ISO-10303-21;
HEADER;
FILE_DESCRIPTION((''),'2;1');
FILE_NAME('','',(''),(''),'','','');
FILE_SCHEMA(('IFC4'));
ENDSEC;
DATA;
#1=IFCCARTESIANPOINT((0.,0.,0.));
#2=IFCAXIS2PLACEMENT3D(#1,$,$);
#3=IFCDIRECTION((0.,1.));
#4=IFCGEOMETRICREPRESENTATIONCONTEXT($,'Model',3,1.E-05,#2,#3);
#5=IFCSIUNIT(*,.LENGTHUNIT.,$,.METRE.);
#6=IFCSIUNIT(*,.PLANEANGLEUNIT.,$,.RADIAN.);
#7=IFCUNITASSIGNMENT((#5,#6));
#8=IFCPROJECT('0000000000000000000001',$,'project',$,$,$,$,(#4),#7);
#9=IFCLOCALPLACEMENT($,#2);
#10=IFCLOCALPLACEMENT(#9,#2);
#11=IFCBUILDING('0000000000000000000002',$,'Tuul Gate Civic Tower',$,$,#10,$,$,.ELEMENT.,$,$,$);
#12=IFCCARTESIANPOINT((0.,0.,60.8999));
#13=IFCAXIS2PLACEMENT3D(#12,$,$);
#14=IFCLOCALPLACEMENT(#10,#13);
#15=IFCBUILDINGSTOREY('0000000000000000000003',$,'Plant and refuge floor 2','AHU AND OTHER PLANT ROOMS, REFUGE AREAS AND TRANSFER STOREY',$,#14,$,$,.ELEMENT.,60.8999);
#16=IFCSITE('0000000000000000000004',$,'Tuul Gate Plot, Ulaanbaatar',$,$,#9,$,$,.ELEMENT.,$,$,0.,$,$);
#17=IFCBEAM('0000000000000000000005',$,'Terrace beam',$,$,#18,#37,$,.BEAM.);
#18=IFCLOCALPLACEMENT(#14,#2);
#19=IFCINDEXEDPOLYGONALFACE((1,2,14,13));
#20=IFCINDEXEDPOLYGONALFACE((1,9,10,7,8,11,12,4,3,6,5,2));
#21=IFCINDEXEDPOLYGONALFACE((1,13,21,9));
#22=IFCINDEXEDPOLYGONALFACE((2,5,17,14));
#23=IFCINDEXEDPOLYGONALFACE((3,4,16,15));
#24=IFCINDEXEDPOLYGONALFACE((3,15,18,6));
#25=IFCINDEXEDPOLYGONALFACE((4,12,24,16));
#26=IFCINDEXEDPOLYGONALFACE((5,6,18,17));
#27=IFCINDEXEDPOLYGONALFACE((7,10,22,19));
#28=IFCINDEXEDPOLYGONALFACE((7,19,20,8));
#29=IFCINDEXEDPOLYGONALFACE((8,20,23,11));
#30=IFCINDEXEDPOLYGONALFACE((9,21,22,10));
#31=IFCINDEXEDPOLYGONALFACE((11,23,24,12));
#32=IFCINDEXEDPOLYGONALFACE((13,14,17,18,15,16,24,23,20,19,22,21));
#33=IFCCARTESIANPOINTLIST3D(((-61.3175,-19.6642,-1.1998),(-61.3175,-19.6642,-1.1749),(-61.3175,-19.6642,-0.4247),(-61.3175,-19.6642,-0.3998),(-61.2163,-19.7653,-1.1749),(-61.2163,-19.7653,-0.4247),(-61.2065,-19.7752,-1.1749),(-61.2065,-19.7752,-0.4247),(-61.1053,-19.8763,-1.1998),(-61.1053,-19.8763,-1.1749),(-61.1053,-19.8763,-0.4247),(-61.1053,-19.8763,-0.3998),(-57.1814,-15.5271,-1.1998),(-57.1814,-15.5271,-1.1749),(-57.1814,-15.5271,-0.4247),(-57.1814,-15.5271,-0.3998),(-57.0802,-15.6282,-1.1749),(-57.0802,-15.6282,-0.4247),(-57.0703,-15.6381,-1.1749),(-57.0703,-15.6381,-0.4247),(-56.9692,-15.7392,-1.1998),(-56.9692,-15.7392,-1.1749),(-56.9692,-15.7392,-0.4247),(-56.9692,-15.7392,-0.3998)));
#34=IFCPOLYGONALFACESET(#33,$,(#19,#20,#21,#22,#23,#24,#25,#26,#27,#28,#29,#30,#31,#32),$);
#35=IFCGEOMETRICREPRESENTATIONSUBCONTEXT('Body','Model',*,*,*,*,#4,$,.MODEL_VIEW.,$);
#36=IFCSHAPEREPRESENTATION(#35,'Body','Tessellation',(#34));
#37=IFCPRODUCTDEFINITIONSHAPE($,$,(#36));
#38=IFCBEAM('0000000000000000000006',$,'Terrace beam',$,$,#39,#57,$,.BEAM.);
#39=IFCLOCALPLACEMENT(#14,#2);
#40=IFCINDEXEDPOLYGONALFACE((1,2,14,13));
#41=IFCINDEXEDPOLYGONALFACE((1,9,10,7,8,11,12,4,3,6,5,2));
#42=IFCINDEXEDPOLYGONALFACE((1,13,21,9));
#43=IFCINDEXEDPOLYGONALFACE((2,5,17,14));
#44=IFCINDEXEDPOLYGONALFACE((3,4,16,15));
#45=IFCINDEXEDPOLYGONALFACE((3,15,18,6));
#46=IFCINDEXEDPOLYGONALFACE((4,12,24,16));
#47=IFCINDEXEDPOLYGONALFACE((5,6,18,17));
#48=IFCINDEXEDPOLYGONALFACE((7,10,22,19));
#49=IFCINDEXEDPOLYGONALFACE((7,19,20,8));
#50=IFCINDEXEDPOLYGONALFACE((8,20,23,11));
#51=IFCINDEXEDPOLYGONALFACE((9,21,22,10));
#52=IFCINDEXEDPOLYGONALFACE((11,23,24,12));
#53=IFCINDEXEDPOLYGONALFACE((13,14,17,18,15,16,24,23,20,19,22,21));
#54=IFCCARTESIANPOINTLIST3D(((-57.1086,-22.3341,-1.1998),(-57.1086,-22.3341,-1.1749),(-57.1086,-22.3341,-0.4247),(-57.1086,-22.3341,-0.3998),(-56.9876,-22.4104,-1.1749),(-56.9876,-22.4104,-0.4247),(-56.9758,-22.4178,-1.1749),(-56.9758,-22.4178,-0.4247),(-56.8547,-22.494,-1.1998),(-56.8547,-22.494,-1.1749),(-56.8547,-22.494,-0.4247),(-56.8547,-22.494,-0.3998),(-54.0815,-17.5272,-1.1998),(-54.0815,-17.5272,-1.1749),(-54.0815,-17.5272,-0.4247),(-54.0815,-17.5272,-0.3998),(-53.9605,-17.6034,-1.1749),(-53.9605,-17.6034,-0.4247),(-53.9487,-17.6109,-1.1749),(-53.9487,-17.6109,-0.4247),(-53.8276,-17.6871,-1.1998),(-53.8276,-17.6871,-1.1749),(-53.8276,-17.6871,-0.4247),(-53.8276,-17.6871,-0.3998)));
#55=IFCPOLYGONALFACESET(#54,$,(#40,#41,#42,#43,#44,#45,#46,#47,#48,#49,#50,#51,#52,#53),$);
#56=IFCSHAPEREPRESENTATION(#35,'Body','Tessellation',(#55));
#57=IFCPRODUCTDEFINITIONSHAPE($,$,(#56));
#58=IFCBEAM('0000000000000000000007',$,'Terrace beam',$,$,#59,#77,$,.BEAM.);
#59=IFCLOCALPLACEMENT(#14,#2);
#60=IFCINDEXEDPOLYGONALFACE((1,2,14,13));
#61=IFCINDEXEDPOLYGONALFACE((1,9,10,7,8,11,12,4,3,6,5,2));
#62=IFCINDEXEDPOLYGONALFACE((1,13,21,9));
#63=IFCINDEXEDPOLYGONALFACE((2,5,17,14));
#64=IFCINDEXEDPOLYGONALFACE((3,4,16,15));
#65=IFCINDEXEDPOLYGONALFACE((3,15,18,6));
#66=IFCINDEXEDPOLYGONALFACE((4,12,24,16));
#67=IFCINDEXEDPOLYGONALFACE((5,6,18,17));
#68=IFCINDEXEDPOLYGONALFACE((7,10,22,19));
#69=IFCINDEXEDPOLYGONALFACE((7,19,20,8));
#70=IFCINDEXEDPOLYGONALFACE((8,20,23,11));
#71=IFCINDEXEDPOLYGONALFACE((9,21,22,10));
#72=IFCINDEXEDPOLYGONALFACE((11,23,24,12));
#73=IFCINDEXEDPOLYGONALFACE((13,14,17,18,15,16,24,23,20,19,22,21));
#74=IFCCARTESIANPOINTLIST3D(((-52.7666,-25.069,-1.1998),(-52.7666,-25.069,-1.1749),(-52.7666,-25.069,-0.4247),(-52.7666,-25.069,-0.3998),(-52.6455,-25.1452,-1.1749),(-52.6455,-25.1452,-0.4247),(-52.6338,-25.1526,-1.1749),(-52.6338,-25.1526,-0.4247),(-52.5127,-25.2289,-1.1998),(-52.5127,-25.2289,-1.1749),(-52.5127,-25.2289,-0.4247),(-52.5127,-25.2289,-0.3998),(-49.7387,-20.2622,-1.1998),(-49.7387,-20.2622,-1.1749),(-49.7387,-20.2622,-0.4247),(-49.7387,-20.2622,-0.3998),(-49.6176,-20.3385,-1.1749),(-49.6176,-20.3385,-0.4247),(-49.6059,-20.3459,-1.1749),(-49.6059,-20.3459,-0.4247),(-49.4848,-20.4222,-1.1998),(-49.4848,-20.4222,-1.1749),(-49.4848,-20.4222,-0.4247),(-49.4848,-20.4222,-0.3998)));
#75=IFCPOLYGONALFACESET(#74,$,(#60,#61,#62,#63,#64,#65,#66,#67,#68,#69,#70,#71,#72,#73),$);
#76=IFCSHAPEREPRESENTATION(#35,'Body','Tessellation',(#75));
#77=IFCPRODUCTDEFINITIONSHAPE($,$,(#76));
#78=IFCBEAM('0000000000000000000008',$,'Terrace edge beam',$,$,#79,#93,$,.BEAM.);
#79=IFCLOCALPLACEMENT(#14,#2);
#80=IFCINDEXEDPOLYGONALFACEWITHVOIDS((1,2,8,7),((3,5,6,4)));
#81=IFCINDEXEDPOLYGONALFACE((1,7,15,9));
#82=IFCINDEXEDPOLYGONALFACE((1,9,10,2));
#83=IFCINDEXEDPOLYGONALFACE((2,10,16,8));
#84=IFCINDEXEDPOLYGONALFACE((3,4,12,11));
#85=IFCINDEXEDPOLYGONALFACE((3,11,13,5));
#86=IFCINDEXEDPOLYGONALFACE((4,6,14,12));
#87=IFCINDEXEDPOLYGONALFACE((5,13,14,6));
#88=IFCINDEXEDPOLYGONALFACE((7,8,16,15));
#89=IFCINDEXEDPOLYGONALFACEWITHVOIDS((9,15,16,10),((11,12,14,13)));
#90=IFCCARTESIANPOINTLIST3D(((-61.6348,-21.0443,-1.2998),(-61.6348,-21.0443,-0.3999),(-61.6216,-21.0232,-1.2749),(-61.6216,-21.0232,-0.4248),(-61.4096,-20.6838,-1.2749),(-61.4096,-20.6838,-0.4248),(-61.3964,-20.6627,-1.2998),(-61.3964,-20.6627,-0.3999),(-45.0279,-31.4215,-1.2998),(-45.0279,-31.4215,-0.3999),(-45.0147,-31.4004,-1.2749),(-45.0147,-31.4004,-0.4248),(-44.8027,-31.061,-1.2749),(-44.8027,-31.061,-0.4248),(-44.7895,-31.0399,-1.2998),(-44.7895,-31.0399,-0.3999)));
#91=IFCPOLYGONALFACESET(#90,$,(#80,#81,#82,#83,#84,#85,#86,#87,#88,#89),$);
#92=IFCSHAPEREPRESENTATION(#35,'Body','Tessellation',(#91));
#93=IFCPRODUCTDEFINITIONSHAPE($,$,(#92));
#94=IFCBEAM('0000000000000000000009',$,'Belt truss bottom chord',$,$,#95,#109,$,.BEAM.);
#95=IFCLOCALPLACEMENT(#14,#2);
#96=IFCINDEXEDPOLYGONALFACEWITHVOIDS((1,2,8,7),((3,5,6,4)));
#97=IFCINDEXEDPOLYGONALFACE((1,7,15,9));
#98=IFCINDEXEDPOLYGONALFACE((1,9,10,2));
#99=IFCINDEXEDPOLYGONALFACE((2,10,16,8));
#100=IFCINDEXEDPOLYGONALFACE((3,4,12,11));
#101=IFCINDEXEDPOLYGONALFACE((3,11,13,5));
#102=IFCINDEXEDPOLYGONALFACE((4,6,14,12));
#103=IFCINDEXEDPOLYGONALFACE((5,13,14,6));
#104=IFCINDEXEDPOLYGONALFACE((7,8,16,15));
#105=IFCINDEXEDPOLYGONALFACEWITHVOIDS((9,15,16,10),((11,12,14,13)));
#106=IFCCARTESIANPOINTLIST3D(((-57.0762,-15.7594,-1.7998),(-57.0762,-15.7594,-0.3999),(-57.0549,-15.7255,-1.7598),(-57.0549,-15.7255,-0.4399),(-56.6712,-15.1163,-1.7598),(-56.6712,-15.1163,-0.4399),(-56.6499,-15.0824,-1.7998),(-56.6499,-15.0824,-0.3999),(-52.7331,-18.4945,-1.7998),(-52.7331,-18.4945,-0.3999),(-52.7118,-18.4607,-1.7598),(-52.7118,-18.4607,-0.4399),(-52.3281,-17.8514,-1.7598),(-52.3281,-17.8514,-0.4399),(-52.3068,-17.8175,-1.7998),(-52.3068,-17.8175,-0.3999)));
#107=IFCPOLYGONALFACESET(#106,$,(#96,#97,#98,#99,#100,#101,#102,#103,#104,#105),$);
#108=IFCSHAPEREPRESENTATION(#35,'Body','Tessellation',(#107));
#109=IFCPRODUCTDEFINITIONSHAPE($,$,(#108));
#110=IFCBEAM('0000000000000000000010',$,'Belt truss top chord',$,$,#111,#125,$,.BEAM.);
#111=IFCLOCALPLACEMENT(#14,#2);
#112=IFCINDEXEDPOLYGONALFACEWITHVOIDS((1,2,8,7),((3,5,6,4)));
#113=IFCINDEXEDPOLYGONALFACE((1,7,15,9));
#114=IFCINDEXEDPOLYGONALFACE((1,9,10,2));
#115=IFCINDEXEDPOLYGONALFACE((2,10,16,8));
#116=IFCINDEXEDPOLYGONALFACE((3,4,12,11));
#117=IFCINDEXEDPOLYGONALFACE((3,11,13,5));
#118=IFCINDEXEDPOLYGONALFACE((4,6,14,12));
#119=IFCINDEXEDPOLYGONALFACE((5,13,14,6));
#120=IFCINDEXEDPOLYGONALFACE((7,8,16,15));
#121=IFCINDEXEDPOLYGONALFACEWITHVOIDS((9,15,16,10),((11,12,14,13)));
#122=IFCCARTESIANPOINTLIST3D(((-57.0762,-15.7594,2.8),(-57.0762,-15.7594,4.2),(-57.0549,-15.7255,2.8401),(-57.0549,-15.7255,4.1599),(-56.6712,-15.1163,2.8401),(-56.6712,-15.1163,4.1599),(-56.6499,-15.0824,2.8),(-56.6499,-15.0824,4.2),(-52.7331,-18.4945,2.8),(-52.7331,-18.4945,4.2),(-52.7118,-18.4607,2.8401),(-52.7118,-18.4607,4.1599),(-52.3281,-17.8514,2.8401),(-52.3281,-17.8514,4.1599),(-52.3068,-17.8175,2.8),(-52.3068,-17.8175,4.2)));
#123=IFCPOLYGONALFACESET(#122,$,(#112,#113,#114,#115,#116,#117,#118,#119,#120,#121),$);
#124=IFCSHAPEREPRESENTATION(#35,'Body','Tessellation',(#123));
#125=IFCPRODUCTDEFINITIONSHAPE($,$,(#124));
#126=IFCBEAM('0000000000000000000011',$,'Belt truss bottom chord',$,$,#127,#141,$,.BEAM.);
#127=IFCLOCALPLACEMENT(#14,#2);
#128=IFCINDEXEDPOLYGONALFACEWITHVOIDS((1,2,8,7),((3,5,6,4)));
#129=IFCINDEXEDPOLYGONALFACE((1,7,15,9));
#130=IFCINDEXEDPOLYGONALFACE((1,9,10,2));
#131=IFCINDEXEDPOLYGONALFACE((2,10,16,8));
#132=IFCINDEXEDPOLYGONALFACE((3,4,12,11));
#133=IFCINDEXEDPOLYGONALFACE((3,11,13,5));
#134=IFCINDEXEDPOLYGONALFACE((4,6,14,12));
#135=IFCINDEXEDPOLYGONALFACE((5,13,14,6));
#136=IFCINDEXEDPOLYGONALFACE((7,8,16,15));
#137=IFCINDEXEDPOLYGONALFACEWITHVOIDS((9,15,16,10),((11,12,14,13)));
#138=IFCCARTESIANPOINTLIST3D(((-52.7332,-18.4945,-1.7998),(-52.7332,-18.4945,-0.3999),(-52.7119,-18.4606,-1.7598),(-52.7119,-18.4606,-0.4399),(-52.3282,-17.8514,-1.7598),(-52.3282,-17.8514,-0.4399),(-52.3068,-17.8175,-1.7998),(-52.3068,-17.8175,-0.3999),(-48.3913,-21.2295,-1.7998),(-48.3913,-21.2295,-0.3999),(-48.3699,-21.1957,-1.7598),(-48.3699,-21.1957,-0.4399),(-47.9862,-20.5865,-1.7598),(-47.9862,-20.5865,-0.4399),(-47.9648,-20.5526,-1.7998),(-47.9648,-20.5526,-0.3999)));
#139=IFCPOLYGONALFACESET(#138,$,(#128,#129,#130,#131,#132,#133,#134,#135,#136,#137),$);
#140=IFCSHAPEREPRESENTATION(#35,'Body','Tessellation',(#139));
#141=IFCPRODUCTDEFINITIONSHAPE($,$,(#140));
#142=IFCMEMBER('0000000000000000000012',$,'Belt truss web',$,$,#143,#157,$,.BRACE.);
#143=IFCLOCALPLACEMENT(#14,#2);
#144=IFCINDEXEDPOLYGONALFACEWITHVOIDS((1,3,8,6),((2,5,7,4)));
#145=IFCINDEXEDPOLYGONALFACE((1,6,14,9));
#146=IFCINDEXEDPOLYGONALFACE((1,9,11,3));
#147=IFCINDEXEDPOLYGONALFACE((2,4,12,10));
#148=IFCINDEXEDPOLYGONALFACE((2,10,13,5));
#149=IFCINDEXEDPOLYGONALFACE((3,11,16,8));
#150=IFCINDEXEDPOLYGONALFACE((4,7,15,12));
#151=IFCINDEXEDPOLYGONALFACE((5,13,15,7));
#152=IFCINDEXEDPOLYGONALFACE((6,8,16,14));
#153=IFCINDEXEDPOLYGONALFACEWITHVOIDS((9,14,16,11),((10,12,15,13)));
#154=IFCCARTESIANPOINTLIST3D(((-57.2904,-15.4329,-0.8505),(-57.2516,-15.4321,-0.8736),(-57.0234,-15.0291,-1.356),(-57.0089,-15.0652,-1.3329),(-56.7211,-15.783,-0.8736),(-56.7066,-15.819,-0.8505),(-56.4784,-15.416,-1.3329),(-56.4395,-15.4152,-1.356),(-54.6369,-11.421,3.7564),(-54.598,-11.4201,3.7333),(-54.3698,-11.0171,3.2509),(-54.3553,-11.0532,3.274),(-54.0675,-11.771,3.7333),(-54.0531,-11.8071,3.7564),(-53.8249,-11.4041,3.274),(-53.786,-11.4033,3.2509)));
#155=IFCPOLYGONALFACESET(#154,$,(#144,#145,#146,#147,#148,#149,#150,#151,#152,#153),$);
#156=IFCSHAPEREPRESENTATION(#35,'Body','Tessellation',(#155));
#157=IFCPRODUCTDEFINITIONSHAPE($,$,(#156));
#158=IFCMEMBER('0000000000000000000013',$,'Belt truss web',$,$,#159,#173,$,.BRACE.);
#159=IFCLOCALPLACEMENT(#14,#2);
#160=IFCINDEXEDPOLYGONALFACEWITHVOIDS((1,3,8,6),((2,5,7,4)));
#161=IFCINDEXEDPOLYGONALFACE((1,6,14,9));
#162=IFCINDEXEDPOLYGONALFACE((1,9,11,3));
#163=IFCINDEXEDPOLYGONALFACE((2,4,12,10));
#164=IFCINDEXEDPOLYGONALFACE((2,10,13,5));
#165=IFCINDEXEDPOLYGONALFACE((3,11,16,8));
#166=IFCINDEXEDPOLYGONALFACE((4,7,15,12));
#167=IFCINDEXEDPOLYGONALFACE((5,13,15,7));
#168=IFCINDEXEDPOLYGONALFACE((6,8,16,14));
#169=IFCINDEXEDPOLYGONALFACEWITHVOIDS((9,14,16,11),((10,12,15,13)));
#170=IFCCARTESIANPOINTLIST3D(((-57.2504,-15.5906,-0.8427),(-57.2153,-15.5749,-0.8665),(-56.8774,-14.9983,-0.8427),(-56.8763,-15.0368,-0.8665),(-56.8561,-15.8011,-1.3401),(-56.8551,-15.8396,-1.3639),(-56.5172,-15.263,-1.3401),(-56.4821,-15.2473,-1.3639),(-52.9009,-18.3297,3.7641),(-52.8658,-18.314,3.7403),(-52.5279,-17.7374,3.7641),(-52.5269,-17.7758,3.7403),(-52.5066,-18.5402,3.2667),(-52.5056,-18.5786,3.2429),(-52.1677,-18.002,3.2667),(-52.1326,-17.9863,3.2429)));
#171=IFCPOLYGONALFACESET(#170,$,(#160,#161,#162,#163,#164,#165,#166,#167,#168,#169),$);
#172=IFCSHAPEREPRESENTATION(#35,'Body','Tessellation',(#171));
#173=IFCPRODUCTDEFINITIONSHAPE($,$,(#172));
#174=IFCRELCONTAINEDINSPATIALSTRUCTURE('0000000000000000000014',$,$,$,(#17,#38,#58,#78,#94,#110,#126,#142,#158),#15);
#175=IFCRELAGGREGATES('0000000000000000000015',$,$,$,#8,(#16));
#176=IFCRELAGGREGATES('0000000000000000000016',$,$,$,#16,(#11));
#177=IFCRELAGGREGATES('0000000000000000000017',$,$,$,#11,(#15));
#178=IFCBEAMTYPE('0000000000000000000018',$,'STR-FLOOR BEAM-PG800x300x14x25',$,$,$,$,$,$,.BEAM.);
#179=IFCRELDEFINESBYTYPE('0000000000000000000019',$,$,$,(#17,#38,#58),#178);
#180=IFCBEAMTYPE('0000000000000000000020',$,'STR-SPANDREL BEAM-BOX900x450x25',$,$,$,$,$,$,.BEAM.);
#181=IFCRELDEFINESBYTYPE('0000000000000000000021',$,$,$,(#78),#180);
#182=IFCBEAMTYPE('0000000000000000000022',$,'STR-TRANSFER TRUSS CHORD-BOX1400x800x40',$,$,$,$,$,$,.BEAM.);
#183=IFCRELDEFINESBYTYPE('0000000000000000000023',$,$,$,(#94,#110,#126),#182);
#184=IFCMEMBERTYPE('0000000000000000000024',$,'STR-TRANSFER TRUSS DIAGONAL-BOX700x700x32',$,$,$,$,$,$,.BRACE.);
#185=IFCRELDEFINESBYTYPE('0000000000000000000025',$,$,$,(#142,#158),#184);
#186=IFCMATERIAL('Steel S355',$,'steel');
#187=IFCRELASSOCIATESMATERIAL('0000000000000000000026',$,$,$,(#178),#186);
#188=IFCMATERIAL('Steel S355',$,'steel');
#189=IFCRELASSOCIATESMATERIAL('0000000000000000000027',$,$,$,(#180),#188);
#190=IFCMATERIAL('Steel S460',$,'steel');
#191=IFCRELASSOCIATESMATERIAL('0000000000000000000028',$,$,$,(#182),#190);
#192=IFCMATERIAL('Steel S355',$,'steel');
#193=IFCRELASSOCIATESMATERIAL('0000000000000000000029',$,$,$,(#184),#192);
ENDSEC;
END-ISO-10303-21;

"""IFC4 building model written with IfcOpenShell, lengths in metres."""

from ifc_helpers import new_model, si_unit, direction, frame, origin, origin_2d, place, context, subcontext, project, spatial, hollow_rectangle, i_section, extrude, material, material_profile, profile_set, type_object, element, save


model = new_model("IFC4")

# Units and contexts
model_context = context("Model", 3, precision=1e-05, world=origin(), true_north=direction((0.0, 1.0)))
body_context = subcontext(model_context, "Body", "Model", "MODEL_VIEW")
ifc_project = project(units=[si_unit("LENGTHUNIT", "METRE"), si_unit("PLANEANGLEUNIT", "RADIAN")], contexts=[model_context])

# Site, building, storey
site_placement = place(None, origin())
site = spatial("IfcSite", under=ifc_project, at=site_placement, Name="Tuul Gate Plot, Ulaanbaatar", CompositionType="ELEMENT", RefElevation=0.0)
building_placement = place(site_placement, origin())
building = spatial("IfcBuilding", under=site, at=building_placement, Name="Tuul Gate Civic Tower", CompositionType="ELEMENT")
storey_placement = place(building_placement, frame((0.0, 0.0, 60.8999)))
storey = spatial("IfcBuildingStorey", under=building, at=storey_placement, Name="Plant and refuge floor 2", Description="AHU AND OTHER PLANT ROOMS, REFUGE AREAS AND TRANSFER STOREY", CompositionType="ELEMENT", Elevation=60.8999)

# Beams
ifc_material_1 = material(Name="Steel S355", Category="steel")
ifc_material_profile_1 = material_profile(ifc_material_1, i_section(OverallWidth=0.3, OverallDepth=0.8, WebThickness=0.0139, FlangeThickness=0.0249, at=origin_2d()), Name="PG800x300x14x25")
ifc_profile_set_1 = profile_set([ifc_material_profile_1], Name="Steel S355")
beam_type_1 = type_object("IfcBeamType", Name="STR-FLOOR BEAM-PG800x300x14x25", PredefinedType="BEAM", material=ifc_profile_set_1)
beam_1_placement = place(storey_placement, frame((-61.2114, -19.7703, -0.7998), z_axis=(0.707023, 0.70719, 0.0), x_axis=(-0.70719, 0.707023, 0.0)))
element("IfcBeam", 1, at=beam_1_placement, inside=storey, type_object=beam_type_1, Name="Terrace beam", PredefinedType="BEAM", context=body_context, shape_type="SweptSolid", body=[
    extrude(i_section(OverallWidth=0.3, OverallDepth=0.8, WebThickness=0.0139, FlangeThickness=0.0249, at=origin_2d()), origin(), (0.0, 0.0, 1.0), 5.8501),
])
beam_2_placement = place(storey_placement, frame((-56.9817, -22.4141, -0.7998), z_axis=(0.532882, 0.84619, 0.0), x_axis=(-0.84619, 0.532882, 0.0)))
element("IfcBeam", 2, at=beam_2_placement, inside=storey, type_object=beam_type_1, Name="Terrace beam", PredefinedType="BEAM", context=body_context, shape_type="SweptSolid", body=[
    extrude(i_section(OverallWidth=0.3, OverallDepth=0.8, WebThickness=0.0139, FlangeThickness=0.0249, at=origin_2d()), origin(), (0.0, 0.0, 1.0), 5.6807),
])
beam_3_placement = place(storey_placement, frame((-52.6396, -25.1489, -0.7998), z_axis=(0.532993, 0.846119, 0.0), x_axis=(-0.846119, 0.532993, 0.0)))
element("IfcBeam", 3, at=beam_3_placement, inside=storey, type_object=beam_type_1, Name="Terrace beam", PredefinedType="BEAM", context=body_context, shape_type="SweptSolid", body=[
    extrude(i_section(OverallWidth=0.3, OverallDepth=0.8, WebThickness=0.0139, FlangeThickness=0.0249, at=origin_2d()), origin(), (0.0, 0.0, 1.0), 5.6809),
])
ifc_material_2 = material(Name="Steel S355", Category="steel")
ifc_material_profile_2 = material_profile(ifc_material_2, hollow_rectangle(XDim=0.45, YDim=0.8999, WallThickness=0.0249, at=origin_2d()), Name="BOX900x450x25")
ifc_profile_set_2 = profile_set([ifc_material_profile_2], Name="Steel S355")
beam_type_2 = type_object("IfcBeamType", Name="STR-SPANDREL BEAM-BOX900x450x25", PredefinedType="BEAM", material=ifc_profile_set_2)
beam_4_placement = place(storey_placement, frame((-61.5156, -20.8535, -0.8499), z_axis=(0.848047, -0.52992, 0.0), x_axis=(0.52992, 0.848047, 0.0)))
element("IfcBeam", 4, at=beam_4_placement, inside=storey, type_object=beam_type_2, Name="Terrace edge beam", PredefinedType="BEAM", context=body_context, shape_type="SweptSolid", body=[
    extrude(hollow_rectangle(XDim=0.45, YDim=0.8999, WallThickness=0.0249, at=origin_2d()), origin(), (0.0, 0.0, 1.0), 19.5825),
])
ifc_material_3 = material(Name="Steel S460", Category="steel")
ifc_material_profile_3 = material_profile(ifc_material_3, hollow_rectangle(XDim=0.8, YDim=1.3999, WallThickness=0.04, at=origin_2d()), Name="BOX1400x800x40")
ifc_profile_set_3 = profile_set([ifc_material_profile_3], Name="Steel S460")
beam_type_3 = type_object("IfcBeamType", Name="STR-TRANSFER TRUSS CHORD-BOX1400x800x40", PredefinedType="BEAM", material=ifc_profile_set_3)
for number, where, z_axis, x_axis, name in (
    (5, (-56.863, -15.4209, -1.0999), (0.846179, -0.532899, 0.0), (0.532899, 0.846179, 0.0), "Belt truss bottom chord"),
    (6, (-56.863, -15.4209, 3.5), (0.846179, -0.532899, 0.0), (0.532899, 0.846179, 0.0), "Belt truss top chord"),
):
    element("IfcBeam", number, at=place(storey_placement, frame(where, z_axis=z_axis, x_axis=x_axis)), inside=storey, type_object=beam_type_3, Name=name, PredefinedType="BEAM", context=body_context, shape_type="SweptSolid", body=[
        extrude(hollow_rectangle(XDim=0.8, YDim=1.3999, WallThickness=0.04, at=origin_2d()), origin(), (0.0, 0.0, 1.0), 5.1326),
    ])
beam_5_placement = place(storey_placement, frame((-52.52, -18.156, -1.0999), z_axis=(0.846125, -0.532985, 0.0), x_axis=(0.532985, 0.846125, 0.0)))
element("IfcBeam", 7, at=beam_5_placement, inside=storey, type_object=beam_type_3, Name="Belt truss bottom chord", PredefinedType="BEAM", context=body_context, shape_type="SweptSolid", body=[
    extrude(hollow_rectangle(XDim=0.8, YDim=1.3999, WallThickness=0.04, at=origin_2d()), origin(), (0.0, 0.0, 1.0), 5.1316),
])

# Members
ifc_material_4 = material(Name="Steel S355", Category="steel")
ifc_material_profile_4 = material_profile(ifc_material_4, hollow_rectangle(XDim=0.7, YDim=0.7, WallThickness=0.032, at=origin_2d()), Name="BOX700x700x32")
ifc_profile_set_4 = profile_set([ifc_material_profile_4], Name="Steel S355")
member_type_1 = type_object("IfcMemberType", Name="STR-TRANSFER TRUSS DIAGONAL-BOX700x700x32", PredefinedType="BRACE", material=ifc_profile_set_4)
member_1_placement = place(storey_placement, frame((-56.865, -15.4241, -1.1033), z_axis=(0.398408, 0.60236, 0.691689), x_axis=(-0.834067, 0.551663, 0.0)))
element("IfcMember", 8, at=member_1_placement, inside=storey, type_object=member_type_1, Name="Belt truss web", PredefinedType="BRACE", context=body_context, shape_type="SweptSolid", body=[
    extrude(hollow_rectangle(XDim=0.7, YDim=0.7, WallThickness=0.032, at=origin_2d()), origin(), (0.0, 0.0, 1.0), 6.6604),
])
member_2_placement = place(storey_placement, frame((-56.8662, -15.4189, -1.1033), z_axis=(0.630139, -0.39683, 0.667421), x_axis=(0.532886, 0.846187, 0.0)))
element("IfcMember", 9, at=member_2_placement, inside=storey, type_object=member_type_1, Name="Belt truss web", PredefinedType="BRACE", context=body_context, shape_type="SweptSolid", body=[
    extrude(hollow_rectangle(XDim=0.7, YDim=0.7, WallThickness=0.032, at=origin_2d()), origin(), (0.0, 0.0, 1.0), 6.9023),
])

save(model, "model.ifc")
